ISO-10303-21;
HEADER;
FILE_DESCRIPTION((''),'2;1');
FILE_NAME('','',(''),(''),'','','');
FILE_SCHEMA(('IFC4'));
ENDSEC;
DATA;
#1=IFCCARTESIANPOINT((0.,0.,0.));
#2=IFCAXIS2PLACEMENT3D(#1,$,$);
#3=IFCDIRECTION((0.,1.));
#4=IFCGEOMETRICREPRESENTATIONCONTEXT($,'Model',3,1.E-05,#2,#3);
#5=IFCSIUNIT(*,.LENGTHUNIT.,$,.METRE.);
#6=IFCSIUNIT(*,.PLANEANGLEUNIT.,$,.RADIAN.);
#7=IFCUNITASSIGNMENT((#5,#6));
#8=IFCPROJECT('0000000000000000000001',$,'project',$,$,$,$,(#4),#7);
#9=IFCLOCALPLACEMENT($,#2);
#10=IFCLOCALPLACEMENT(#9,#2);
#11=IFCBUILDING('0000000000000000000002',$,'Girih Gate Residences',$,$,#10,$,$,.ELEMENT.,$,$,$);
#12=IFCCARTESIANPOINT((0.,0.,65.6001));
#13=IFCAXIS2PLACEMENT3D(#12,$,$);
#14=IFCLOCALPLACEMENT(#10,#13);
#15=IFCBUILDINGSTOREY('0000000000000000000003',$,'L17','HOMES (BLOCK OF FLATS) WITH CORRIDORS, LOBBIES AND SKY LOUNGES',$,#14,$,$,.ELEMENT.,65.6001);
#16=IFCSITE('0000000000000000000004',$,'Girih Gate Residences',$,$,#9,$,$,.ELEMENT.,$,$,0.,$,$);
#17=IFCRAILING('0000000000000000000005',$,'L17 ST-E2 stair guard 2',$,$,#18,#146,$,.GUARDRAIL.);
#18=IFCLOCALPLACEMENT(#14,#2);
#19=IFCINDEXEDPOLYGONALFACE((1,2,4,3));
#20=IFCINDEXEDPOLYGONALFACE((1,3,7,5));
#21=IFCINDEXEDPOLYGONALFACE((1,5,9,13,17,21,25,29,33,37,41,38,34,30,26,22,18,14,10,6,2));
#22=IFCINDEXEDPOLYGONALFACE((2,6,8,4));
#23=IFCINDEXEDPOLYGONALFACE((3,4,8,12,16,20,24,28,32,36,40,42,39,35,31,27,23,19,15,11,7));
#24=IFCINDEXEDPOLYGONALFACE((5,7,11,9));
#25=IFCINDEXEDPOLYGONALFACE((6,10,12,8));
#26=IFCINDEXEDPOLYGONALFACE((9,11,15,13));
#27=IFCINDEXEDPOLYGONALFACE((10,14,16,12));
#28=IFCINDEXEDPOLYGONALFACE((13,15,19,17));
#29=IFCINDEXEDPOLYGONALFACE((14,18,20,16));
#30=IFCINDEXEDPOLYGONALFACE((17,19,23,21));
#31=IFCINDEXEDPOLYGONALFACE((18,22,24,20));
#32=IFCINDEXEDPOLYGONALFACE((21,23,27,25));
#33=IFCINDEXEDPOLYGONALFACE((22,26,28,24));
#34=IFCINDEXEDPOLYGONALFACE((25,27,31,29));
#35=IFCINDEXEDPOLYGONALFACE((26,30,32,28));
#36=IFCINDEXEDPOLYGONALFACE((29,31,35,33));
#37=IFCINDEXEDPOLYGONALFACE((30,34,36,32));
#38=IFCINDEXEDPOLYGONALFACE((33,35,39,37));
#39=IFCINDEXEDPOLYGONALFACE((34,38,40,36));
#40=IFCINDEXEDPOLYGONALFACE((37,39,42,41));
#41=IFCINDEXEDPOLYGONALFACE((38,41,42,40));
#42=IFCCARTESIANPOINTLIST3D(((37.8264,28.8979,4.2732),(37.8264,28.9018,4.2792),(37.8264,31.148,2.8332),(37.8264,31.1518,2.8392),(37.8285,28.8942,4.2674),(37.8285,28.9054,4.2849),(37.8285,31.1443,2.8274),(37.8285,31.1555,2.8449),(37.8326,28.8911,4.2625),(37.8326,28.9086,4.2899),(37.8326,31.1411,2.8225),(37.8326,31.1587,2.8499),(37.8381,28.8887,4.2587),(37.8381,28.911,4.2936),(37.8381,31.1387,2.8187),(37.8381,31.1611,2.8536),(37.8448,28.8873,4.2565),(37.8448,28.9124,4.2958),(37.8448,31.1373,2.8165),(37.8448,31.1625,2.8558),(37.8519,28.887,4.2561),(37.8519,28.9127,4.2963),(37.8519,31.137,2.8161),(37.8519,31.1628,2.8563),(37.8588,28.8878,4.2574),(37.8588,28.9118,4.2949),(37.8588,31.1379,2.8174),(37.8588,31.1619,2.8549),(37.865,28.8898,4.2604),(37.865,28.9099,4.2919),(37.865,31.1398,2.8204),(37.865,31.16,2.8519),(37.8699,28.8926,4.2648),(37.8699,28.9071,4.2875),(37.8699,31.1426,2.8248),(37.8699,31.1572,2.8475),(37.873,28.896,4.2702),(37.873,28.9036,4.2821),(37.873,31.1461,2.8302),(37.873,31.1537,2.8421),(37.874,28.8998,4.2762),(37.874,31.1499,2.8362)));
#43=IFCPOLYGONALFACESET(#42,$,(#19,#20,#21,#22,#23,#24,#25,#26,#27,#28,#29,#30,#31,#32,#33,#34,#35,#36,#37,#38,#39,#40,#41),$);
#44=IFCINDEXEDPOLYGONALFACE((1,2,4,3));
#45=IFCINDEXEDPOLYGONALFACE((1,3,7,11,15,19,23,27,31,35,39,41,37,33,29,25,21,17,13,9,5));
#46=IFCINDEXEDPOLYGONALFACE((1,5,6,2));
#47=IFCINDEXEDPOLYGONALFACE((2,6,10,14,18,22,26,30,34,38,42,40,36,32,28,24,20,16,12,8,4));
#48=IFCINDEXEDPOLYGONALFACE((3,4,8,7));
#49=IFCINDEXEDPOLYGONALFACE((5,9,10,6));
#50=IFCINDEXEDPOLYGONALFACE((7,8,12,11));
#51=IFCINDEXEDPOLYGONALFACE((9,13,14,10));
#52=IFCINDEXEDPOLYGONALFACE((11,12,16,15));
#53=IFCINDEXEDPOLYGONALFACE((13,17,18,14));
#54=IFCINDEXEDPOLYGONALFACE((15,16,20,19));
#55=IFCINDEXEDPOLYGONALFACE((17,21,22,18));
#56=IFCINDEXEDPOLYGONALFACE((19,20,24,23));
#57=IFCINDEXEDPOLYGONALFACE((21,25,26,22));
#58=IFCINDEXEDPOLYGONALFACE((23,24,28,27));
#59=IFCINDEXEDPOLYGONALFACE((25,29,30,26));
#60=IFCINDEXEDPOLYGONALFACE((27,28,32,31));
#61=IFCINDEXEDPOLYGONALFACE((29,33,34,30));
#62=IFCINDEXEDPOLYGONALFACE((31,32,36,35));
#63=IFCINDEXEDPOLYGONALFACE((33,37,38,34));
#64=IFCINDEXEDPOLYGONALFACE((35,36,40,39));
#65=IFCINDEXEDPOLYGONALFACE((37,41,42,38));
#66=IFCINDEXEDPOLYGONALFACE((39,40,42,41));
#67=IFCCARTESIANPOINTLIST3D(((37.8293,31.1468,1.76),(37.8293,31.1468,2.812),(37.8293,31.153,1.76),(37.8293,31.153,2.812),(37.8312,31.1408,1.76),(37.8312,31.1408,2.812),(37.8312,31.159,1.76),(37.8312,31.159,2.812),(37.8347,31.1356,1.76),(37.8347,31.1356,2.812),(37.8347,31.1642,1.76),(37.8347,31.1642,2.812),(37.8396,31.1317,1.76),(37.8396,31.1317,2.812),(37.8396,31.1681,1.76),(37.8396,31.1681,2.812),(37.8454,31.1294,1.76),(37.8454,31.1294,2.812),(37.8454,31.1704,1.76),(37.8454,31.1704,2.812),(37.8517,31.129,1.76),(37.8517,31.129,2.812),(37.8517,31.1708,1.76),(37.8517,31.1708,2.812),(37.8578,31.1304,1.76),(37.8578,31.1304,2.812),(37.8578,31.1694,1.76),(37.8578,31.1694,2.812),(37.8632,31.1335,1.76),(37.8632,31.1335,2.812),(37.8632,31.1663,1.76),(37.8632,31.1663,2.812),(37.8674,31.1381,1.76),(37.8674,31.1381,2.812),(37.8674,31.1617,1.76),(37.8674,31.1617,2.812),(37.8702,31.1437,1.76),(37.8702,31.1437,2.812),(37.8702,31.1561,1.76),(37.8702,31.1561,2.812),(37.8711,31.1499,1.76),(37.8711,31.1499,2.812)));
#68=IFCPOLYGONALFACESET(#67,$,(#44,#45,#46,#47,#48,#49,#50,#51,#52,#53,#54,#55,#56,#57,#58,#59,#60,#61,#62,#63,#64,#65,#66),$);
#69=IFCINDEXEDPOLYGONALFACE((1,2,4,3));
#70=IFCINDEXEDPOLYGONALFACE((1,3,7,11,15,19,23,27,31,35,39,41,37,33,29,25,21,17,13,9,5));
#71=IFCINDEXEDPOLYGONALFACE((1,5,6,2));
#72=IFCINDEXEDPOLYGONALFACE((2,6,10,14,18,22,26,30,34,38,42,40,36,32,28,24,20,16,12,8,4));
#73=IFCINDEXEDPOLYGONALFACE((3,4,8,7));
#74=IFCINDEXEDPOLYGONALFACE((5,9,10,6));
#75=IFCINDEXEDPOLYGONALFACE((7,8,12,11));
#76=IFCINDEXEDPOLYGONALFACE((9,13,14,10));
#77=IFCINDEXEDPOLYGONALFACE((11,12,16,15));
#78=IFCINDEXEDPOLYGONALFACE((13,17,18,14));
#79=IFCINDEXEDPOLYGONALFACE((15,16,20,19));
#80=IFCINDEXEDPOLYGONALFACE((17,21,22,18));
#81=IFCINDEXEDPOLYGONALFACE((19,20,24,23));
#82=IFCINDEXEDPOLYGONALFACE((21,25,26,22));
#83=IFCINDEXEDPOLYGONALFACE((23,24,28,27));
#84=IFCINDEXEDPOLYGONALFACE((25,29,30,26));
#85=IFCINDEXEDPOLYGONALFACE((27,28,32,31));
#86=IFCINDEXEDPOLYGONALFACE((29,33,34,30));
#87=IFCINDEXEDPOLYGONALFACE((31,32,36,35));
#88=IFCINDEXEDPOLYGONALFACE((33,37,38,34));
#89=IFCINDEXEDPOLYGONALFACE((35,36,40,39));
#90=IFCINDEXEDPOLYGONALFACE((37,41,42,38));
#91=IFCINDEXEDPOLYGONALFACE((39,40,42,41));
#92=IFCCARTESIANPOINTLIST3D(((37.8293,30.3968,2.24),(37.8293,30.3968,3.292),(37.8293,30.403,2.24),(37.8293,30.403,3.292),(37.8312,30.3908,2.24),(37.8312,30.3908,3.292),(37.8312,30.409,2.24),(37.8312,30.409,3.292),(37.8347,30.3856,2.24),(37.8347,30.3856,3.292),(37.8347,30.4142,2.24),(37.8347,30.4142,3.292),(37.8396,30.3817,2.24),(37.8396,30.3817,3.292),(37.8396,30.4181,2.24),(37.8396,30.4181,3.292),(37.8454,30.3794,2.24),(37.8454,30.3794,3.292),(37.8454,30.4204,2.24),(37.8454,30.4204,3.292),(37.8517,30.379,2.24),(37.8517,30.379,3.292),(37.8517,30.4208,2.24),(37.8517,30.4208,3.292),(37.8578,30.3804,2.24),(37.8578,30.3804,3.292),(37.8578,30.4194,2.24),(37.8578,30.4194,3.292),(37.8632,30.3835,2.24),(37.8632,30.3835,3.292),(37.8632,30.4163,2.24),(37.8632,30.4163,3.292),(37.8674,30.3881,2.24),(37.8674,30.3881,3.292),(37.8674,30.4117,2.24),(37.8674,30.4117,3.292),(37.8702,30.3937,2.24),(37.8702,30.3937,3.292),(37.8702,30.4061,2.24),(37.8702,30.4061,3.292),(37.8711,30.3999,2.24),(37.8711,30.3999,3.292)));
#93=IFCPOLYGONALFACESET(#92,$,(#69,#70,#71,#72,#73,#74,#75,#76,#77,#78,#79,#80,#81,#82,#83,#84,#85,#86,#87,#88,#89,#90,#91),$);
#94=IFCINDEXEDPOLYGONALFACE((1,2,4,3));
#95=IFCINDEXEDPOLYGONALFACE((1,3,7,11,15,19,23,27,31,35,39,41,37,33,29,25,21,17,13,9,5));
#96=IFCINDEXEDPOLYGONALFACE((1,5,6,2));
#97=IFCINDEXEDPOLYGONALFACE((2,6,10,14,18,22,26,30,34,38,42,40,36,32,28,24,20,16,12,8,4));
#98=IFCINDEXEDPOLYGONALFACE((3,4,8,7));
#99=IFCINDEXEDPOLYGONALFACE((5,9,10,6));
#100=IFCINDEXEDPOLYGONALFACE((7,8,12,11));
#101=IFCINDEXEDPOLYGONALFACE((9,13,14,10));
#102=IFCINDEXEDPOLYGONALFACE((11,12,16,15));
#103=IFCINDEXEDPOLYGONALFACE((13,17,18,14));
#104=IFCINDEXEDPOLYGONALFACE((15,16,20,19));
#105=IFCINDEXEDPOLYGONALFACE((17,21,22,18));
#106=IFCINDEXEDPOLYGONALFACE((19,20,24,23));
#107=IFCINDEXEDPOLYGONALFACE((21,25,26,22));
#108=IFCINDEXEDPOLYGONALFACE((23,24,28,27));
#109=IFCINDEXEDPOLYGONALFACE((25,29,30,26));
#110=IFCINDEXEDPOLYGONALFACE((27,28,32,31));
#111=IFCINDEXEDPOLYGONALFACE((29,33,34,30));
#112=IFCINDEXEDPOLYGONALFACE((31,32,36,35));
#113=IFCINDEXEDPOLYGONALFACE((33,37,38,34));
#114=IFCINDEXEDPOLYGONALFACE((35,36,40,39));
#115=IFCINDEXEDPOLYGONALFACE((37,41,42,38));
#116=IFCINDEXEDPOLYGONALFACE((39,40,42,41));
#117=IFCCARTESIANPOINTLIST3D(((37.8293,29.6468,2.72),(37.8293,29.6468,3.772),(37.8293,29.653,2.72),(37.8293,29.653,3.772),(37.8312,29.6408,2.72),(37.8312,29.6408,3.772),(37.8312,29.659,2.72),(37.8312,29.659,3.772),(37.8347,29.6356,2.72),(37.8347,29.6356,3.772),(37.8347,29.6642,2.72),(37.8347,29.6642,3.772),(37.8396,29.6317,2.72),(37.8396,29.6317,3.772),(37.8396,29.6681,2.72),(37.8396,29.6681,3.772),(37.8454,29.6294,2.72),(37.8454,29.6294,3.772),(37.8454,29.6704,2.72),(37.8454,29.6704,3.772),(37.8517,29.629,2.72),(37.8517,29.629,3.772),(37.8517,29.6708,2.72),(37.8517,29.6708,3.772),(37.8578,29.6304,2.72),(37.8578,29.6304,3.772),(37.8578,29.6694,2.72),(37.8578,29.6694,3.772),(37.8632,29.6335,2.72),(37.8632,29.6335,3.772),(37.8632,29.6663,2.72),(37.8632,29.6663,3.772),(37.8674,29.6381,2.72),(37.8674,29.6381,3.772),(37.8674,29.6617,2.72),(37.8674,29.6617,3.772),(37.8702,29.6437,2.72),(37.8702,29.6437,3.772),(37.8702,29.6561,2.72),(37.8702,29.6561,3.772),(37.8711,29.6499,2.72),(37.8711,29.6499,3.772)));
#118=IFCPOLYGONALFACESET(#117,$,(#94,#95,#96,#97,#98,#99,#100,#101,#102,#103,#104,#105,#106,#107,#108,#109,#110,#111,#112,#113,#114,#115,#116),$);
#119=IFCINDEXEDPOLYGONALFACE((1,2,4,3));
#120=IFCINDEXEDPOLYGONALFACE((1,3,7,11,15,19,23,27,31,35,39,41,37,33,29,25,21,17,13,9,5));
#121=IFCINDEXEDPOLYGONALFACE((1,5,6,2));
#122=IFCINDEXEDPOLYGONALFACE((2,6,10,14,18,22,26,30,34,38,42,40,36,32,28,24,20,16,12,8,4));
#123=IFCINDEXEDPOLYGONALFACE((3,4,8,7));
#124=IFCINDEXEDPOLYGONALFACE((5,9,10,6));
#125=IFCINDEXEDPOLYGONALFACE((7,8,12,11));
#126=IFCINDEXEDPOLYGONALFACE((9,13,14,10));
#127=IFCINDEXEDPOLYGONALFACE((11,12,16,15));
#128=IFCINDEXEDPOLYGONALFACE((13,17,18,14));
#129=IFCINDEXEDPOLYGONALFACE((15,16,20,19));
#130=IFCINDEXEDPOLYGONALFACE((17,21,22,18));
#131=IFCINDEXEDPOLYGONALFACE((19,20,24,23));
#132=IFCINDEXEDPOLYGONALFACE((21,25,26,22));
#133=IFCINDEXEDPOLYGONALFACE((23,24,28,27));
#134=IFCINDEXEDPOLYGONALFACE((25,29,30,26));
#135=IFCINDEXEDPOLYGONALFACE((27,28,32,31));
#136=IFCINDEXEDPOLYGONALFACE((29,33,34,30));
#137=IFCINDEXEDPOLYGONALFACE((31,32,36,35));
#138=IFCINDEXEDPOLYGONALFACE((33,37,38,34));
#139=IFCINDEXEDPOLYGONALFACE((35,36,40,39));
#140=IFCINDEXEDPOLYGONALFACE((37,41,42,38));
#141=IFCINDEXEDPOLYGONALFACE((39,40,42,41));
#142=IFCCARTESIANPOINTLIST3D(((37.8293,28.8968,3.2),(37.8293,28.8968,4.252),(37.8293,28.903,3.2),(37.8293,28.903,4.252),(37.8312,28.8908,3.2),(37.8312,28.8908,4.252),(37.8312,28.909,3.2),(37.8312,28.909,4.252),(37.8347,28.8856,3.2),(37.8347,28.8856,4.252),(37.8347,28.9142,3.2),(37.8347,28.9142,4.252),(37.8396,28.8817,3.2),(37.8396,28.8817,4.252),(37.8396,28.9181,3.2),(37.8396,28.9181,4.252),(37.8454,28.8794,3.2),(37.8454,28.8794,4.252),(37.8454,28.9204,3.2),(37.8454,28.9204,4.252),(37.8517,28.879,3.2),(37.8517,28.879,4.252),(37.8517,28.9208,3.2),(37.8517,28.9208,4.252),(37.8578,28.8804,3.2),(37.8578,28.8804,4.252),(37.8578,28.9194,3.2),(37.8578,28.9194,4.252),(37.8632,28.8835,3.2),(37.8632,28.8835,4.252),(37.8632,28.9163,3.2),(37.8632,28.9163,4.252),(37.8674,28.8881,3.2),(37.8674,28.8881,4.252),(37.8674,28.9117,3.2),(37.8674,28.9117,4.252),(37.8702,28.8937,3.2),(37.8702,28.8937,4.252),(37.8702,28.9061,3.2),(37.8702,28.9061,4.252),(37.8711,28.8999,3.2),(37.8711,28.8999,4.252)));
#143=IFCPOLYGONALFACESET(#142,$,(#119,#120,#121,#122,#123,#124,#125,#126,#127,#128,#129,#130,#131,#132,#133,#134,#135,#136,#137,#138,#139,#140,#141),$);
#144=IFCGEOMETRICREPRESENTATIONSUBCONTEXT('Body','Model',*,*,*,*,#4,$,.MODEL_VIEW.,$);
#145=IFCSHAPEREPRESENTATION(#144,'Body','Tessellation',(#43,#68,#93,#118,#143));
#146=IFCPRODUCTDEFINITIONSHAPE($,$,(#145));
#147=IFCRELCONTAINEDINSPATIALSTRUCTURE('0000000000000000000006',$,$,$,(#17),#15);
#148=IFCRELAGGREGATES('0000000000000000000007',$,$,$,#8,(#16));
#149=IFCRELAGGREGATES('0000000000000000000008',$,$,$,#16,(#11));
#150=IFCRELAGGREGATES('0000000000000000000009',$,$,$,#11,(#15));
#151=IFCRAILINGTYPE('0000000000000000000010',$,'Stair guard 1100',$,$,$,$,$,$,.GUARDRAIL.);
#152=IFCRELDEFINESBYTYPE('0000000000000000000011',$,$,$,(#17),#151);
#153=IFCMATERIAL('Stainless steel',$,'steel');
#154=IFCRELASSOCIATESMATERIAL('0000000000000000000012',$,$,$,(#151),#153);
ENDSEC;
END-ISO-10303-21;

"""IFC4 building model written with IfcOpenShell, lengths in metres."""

from ifc_helpers import new_model, si_unit, direction, frame, origin, origin_2d, place, context, subcontext, project, spatial, circle, extrude, material, type_object, element, save


model = new_model("IFC4")

# Units and contexts
model_context = context("Model", 3, precision=1e-05, world=origin(), true_north=direction((0.0, 1.0)))
body_context = subcontext(model_context, "Body", "Model", "MODEL_VIEW")
ifc_project = project(units=[si_unit("LENGTHUNIT", "METRE"), si_unit("PLANEANGLEUNIT", "RADIAN")], contexts=[model_context])

# Site, building, storey
site_placement = place(None, origin())
site = spatial("IfcSite", under=ifc_project, at=site_placement, Name="Girih Gate Residences", CompositionType="ELEMENT", RefElevation=0.0)
building_placement = place(site_placement, origin())
building = spatial("IfcBuilding", under=site, at=building_placement, Name="Girih Gate Residences", CompositionType="ELEMENT")
storey_placement = place(building_placement, frame((0.0, 0.0, 65.6001)))
storey = spatial("IfcBuildingStorey", under=building, at=storey_placement, Name="L17", Description="HOMES (BLOCK OF FLATS) WITH CORRIDORS, LOBBIES AND SKY LOUNGES", CompositionType="ELEMENT", Elevation=65.6001)

# Railing
ifc_material_1 = material(Name="Stainless steel", Category="steel")
railing_type_1 = type_object("IfcRailingType", Name="Stair guard 1100", PredefinedType="GUARDRAIL", material=ifc_material_1)
railing_1_placement = place(storey_placement, frame((37.8501, 31.1499, 1.76)))
element("IfcRailing", 1, at=railing_1_placement, inside=storey, type_object=railing_type_1, Name="L17 ST-E2 stair guard 2", PredefinedType="GUARDRAIL", context=body_context, shape_type="SweptSolid", body=[
    extrude(circle(Radius=0.0239, at=origin_2d()), frame((0.0, 0.0, 1.0762), z_axis=(0.0, -0.842281, 0.539038), x_axis=(1.0, 0.0, 0.0)), (0.0, 0.0, 1.0), 2.6714),
    extrude(circle(Radius=0.021, at=origin_2d()), origin(), (0.0, 0.0, 1.0), 1.052),
    extrude(circle(Radius=0.021, at=origin_2d()), frame((0.0, -0.75, 0.48)), (0.0, 0.0, 1.0), 1.052),
    extrude(circle(Radius=0.021, at=origin_2d()), frame((0.0, -1.5, 0.96)), (0.0, 0.0, 1.0), 1.052),
    extrude(circle(Radius=0.021, at=origin_2d()), frame((0.0, -2.25, 1.4399)), (0.0, 0.0, 1.0), 1.052),
])

save(model, "model.ifc")
